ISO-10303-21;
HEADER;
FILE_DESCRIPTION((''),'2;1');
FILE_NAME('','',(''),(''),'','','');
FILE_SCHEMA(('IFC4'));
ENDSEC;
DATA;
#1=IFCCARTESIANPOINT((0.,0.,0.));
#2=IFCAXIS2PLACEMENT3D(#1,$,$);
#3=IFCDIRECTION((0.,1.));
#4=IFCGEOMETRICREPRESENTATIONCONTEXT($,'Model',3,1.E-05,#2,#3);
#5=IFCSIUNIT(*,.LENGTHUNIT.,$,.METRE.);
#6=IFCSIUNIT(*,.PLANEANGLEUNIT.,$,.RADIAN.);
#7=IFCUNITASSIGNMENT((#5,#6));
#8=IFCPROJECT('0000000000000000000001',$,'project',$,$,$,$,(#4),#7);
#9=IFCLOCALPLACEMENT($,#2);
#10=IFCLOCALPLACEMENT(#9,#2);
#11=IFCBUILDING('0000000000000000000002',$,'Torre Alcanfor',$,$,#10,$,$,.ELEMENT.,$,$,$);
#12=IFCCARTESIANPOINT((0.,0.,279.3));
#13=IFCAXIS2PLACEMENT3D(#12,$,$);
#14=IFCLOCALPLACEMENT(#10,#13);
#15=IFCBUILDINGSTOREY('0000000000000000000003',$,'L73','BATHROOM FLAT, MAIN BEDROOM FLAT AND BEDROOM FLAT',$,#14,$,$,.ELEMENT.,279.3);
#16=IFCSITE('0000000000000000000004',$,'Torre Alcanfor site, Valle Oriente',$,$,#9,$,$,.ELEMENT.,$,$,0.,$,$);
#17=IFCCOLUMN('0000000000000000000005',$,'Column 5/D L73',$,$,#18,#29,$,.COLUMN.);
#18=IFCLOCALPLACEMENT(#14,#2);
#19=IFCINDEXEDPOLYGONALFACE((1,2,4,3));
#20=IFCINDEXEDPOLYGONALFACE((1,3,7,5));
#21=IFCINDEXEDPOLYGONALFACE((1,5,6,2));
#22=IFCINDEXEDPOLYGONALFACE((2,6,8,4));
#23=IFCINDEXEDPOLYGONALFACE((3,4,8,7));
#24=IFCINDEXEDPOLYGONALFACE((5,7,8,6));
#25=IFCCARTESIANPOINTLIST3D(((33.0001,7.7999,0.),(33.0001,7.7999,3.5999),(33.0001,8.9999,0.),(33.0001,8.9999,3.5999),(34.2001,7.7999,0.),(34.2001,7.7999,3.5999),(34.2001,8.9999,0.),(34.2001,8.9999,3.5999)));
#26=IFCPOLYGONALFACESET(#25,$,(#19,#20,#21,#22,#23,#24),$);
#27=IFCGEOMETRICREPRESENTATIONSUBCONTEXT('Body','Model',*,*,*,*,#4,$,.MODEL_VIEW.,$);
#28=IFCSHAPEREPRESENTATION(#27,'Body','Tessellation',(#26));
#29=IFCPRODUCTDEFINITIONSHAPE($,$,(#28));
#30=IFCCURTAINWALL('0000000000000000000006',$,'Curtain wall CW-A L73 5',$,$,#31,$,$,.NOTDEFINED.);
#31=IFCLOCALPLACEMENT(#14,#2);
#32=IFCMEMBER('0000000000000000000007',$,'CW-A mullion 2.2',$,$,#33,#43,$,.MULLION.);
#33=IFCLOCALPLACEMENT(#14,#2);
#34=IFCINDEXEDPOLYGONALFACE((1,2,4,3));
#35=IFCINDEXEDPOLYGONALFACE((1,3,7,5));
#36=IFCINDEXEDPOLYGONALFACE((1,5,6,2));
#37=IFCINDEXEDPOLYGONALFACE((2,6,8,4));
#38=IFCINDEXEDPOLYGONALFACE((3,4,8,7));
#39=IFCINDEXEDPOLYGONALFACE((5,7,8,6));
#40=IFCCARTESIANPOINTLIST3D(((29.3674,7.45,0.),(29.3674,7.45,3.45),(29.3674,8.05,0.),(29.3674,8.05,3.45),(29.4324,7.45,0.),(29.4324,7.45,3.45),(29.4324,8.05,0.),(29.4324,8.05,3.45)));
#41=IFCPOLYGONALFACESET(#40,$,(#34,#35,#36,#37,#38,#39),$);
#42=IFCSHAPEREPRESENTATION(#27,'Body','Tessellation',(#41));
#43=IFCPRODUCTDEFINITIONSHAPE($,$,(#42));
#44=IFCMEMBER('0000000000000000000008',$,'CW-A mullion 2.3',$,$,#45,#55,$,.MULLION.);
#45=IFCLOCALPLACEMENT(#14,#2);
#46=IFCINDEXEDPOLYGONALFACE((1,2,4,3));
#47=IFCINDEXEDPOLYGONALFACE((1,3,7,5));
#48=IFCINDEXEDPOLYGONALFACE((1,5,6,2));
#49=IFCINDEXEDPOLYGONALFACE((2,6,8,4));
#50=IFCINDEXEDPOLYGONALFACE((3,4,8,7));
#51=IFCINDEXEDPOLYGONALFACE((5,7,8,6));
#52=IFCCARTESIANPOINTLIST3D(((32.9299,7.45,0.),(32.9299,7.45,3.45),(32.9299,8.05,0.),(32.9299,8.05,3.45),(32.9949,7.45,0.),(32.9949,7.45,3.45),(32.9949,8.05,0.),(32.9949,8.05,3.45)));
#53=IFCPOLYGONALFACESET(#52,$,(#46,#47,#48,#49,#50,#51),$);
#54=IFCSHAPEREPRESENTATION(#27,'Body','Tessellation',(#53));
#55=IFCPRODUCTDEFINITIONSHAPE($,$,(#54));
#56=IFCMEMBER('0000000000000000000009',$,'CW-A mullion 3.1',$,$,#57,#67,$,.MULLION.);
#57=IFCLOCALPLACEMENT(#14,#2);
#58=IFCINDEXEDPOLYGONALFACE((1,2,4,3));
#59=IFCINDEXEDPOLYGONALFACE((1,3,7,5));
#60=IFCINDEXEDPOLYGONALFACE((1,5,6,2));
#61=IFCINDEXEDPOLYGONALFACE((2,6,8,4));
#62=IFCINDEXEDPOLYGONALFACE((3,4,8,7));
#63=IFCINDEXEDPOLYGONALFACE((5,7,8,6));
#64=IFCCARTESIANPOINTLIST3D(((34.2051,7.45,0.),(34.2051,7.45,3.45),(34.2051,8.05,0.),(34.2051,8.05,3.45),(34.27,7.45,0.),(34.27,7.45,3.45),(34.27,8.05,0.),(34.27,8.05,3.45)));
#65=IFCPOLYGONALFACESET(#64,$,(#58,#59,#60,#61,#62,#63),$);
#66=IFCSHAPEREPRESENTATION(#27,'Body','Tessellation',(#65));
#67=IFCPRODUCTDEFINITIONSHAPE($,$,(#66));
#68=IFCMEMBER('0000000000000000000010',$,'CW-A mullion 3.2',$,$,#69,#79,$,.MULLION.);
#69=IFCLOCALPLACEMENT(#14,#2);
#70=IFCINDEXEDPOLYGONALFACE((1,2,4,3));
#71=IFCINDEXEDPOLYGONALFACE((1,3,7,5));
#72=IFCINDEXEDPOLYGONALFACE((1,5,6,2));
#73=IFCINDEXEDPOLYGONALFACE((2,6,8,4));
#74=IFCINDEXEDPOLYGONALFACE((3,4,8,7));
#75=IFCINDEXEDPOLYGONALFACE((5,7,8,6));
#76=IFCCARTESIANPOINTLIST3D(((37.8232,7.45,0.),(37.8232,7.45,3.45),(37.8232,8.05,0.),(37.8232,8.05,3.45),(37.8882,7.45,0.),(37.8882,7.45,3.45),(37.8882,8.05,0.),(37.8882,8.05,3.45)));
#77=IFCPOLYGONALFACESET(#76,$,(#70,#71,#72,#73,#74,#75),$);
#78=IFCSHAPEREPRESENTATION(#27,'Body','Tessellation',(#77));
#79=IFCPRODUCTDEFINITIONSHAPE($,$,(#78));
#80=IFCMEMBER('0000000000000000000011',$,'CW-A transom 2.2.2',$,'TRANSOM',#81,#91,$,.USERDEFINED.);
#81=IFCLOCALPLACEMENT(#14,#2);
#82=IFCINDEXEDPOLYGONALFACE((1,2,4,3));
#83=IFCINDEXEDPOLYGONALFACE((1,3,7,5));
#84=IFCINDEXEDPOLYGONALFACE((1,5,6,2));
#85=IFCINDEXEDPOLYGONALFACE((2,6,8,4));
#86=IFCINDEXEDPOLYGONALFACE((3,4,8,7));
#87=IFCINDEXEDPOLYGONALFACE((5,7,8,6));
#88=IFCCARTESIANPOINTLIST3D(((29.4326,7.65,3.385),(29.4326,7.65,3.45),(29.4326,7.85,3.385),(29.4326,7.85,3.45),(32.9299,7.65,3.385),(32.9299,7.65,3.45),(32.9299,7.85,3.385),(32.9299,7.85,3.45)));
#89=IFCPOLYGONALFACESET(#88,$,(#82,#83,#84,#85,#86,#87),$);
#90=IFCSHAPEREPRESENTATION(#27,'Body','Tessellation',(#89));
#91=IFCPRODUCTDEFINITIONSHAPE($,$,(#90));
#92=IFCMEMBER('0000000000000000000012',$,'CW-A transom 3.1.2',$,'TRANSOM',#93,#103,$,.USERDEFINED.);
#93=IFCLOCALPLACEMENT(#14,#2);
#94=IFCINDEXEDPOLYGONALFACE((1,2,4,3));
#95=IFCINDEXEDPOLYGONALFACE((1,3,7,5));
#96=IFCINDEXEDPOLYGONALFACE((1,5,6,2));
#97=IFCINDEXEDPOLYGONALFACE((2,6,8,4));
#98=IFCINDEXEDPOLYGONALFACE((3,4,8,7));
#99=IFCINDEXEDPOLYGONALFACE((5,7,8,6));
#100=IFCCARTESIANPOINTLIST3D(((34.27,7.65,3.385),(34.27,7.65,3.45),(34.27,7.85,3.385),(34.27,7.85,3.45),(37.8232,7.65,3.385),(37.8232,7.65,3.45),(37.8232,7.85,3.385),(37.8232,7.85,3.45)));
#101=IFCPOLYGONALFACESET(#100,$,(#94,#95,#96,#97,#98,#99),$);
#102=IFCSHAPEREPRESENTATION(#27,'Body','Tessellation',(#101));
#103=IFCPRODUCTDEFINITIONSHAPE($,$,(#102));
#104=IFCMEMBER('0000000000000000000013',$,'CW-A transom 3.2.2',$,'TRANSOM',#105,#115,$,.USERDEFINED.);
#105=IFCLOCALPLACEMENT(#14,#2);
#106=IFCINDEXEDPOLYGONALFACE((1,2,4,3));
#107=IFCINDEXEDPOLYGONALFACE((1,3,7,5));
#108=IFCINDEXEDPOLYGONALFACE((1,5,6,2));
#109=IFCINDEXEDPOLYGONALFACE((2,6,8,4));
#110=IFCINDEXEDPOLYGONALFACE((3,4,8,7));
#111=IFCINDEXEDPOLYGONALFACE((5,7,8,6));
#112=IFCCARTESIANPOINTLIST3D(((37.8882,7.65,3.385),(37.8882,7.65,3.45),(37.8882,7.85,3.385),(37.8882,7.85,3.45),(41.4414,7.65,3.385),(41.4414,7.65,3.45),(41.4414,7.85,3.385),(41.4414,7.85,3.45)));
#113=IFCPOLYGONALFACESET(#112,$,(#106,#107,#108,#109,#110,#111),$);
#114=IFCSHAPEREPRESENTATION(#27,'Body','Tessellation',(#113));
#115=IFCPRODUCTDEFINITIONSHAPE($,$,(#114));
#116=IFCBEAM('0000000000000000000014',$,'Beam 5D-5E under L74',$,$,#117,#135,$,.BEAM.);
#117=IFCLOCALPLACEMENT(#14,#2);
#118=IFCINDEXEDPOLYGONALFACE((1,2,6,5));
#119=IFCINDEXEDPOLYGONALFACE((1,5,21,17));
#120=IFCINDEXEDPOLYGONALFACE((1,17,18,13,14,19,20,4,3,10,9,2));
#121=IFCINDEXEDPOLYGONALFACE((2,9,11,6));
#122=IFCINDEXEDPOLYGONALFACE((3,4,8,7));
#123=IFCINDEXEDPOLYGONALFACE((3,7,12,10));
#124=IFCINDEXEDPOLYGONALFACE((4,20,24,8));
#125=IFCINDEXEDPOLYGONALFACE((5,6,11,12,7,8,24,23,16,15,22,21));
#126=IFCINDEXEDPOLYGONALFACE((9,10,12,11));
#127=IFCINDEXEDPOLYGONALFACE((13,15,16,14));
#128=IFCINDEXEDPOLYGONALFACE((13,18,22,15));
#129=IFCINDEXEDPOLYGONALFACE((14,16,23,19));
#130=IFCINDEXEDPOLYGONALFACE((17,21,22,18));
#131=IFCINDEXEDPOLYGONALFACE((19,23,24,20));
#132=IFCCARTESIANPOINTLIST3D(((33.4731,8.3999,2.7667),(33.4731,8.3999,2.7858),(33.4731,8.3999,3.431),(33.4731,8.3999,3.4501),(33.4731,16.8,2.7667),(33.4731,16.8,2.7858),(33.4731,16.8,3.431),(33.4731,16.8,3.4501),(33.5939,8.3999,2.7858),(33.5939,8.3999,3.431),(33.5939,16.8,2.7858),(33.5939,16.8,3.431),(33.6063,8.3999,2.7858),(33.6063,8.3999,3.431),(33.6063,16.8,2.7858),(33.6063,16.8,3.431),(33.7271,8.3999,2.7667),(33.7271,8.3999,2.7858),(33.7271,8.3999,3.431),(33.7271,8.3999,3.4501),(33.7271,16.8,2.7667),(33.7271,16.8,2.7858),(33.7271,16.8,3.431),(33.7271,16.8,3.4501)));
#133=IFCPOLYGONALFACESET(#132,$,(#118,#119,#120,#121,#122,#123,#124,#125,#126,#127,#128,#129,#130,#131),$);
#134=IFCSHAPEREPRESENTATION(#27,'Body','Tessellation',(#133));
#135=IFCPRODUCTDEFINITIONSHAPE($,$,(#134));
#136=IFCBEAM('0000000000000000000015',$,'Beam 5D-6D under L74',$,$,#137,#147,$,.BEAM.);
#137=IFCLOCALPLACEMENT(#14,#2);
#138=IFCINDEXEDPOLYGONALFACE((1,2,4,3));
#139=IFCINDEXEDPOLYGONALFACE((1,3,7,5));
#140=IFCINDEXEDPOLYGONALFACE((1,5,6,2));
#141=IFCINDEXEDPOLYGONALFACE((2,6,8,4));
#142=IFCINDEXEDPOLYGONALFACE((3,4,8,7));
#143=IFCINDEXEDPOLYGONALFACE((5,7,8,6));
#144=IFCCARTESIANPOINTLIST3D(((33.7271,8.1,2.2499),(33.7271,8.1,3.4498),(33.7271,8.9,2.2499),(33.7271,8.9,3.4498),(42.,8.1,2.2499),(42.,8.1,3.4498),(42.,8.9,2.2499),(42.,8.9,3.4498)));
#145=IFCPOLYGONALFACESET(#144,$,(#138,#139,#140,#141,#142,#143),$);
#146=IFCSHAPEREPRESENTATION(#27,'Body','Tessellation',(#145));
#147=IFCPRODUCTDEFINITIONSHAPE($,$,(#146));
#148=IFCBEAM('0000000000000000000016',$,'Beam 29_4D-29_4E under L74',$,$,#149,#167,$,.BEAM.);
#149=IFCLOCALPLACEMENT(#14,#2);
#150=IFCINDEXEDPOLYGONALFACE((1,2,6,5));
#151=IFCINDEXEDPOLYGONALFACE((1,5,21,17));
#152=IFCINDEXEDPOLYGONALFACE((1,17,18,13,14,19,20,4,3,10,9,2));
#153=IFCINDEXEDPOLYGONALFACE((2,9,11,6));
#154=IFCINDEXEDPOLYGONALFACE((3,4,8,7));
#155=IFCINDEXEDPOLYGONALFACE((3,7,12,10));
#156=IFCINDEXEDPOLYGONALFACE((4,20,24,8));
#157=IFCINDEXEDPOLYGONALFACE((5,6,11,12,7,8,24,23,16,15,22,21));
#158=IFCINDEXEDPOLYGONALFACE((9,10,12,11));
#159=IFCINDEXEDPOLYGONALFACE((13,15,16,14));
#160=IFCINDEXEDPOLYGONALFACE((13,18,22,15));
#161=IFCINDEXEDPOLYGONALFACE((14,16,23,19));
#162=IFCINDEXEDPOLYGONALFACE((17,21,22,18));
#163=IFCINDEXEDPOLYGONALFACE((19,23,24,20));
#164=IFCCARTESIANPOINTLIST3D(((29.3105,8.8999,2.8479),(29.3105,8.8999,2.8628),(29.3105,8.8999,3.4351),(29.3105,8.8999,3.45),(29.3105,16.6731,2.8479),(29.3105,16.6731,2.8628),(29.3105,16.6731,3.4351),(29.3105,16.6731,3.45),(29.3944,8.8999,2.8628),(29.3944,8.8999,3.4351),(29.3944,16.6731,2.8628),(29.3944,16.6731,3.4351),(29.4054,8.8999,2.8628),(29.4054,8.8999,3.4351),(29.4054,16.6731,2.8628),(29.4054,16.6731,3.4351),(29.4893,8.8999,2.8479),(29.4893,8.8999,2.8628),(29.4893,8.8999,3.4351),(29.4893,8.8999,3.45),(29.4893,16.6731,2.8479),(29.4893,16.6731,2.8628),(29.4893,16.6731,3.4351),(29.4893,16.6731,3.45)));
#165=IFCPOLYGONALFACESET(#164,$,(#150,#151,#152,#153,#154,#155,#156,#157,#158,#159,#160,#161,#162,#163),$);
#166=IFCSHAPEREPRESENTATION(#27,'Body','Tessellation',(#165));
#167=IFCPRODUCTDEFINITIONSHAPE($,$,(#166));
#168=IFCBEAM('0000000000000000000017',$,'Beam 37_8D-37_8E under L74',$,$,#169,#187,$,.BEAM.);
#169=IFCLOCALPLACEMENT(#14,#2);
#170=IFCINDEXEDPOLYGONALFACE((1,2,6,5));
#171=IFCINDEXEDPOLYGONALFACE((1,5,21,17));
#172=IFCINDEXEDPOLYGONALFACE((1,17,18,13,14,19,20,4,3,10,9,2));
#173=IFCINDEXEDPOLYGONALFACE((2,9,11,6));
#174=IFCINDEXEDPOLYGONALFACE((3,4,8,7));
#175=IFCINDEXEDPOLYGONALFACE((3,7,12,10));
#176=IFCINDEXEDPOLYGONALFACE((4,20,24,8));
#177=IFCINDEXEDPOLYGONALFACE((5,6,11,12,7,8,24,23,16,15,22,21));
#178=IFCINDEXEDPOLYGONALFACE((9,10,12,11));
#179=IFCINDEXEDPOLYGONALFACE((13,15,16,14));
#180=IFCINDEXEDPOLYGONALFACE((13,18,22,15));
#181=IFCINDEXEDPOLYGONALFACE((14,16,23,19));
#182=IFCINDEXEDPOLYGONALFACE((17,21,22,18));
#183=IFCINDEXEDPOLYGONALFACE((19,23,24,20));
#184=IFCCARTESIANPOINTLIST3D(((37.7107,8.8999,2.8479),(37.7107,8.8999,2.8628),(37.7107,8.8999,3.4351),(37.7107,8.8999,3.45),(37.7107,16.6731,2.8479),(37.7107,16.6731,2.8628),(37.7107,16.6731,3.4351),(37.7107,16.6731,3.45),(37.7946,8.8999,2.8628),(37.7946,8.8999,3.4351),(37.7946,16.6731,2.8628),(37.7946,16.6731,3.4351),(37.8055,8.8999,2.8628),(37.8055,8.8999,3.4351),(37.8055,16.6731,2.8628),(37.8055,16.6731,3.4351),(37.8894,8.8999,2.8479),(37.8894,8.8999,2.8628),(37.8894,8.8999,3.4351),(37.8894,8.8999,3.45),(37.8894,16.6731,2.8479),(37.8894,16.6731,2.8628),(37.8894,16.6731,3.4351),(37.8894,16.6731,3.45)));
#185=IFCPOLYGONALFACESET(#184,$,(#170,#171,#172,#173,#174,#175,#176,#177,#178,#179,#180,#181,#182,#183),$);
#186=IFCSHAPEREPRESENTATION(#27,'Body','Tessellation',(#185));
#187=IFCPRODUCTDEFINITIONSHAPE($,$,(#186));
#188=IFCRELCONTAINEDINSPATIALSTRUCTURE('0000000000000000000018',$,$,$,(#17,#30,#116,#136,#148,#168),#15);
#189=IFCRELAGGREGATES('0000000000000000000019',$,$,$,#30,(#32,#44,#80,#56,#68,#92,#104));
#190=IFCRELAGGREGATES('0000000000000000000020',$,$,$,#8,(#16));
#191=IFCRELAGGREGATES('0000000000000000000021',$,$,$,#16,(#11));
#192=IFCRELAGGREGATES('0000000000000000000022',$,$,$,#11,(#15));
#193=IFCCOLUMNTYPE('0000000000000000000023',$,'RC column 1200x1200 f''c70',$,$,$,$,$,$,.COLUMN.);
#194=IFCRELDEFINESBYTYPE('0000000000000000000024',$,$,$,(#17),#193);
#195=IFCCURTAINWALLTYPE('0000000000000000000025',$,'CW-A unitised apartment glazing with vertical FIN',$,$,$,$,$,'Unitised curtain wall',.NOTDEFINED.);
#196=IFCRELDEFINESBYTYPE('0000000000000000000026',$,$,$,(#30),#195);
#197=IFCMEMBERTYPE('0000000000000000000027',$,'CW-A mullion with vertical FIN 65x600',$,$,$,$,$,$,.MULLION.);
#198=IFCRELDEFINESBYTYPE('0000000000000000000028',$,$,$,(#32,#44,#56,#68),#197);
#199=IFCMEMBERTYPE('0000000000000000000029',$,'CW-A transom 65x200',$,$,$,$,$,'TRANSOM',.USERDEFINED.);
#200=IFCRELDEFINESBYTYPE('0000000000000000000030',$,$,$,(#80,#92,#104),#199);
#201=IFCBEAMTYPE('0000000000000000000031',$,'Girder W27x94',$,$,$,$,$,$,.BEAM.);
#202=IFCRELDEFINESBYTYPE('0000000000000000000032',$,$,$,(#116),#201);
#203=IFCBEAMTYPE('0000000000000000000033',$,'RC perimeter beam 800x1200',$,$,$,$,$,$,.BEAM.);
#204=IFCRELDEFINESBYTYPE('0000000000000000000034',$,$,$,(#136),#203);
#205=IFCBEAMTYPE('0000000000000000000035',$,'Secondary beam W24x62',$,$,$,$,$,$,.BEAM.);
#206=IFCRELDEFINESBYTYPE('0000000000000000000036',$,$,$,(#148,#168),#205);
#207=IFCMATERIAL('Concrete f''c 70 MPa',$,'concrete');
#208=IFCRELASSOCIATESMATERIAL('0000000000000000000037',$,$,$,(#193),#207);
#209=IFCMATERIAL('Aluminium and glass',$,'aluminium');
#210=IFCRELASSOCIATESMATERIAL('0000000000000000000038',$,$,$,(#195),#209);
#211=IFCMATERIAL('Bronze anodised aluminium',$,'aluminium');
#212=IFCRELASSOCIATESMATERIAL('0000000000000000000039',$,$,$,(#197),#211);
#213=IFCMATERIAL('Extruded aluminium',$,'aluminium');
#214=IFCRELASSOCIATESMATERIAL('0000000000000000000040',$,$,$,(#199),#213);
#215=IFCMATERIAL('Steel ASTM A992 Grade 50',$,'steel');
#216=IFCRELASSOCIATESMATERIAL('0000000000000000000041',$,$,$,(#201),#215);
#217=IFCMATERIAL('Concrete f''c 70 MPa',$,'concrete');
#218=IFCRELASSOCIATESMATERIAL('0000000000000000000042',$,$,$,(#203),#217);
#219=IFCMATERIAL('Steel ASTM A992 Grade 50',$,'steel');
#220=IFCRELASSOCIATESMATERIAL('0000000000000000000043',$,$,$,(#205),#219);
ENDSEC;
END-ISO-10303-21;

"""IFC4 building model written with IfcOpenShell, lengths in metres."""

from ifc_helpers import new_model, si_unit, direction, frame, origin, origin_2d, place, context, subcontext, project, spatial, rectangle, i_section, extrude, material, material_profile, profile_set, type_object, element, aggregate, save


model = new_model("IFC4")

# Units and contexts
model_context = context("Model", 3, precision=1e-05, world=origin(), true_north=direction((0.0, 1.0)))
body_context = subcontext(model_context, "Body", "Model", "MODEL_VIEW")
ifc_project = project(units=[si_unit("LENGTHUNIT", "METRE"), si_unit("PLANEANGLEUNIT", "RADIAN")], contexts=[model_context])

# Site, building, storey
site_placement = place(None, origin())
site = spatial("IfcSite", under=ifc_project, at=site_placement, Name="Torre Alcanfor site, Valle Oriente", CompositionType="ELEMENT", RefElevation=0.0)
building_placement = place(site_placement, origin())
building = spatial("IfcBuilding", under=site, at=building_placement, Name="Torre Alcanfor", CompositionType="ELEMENT")
storey_placement = place(building_placement, frame((0.0, 0.0, 279.3)))
storey = spatial("IfcBuildingStorey", under=building, at=storey_placement, Name="L73", Description="BATHROOM FLAT, MAIN BEDROOM FLAT AND BEDROOM FLAT", CompositionType="ELEMENT", Elevation=279.3)

# Column
ifc_material_1 = material(Name="Concrete f'c 70 MPa", Category="concrete")
ifc_material_profile_1 = material_profile(ifc_material_1, rectangle(XDim=1.2, YDim=1.2, at=origin_2d()), Name="1200x1200")
ifc_profile_set_1 = profile_set([ifc_material_profile_1], Name="Concrete f'c 70 MPa")
column_type = type_object("IfcColumnType", Name="RC column 1200x1200 f'c70", PredefinedType="COLUMN", material=ifc_profile_set_1)
column_placement = place(storey_placement, frame((33.6001, 8.3999, 0.0), z_axis=(0.0, 0.0, 1.0), x_axis=(1.0, 0.0, 0.0)))
element("IfcColumn", 1, at=column_placement, inside=storey, type_object=column_type, Name="Column 5/D L73", PredefinedType="COLUMN", context=body_context, shape_type="SweptSolid", body=[
    extrude(rectangle(XDim=1.2, YDim=1.2, at=origin_2d()), origin(), (0.0, 0.0, 1.0), 3.5999),
])

# Curtain wall, members
ifc_material_2 = material(Name="Aluminium and glass", Category="aluminium")
curtain_wall_type = type_object("IfcCurtainWallType", Name="CW-A unitised apartment glazing with vertical FIN", ElementType="Unitised curtain wall", PredefinedType="NOTDEFINED", material=ifc_material_2)
curtain_wall_placement = place(storey_placement, origin())
curtain_wall = element("IfcCurtainWall", 2, at=curtain_wall_placement, inside=storey, type_object=curtain_wall_type, Name="Curtain wall CW-A L73 5", PredefinedType="NOTDEFINED")
ifc_material_3 = material(Name="Bronze anodised aluminium", Category="aluminium")
ifc_material_profile_2 = material_profile(ifc_material_3, rectangle(XDim=0.6001, YDim=0.0649, at=origin_2d()), Name="CW-A mullion 65x600")
ifc_profile_set_2 = profile_set([ifc_material_profile_2], Name="Bronze anodised aluminium")
member_type_1 = type_object("IfcMemberType", Name="CW-A mullion with vertical FIN 65x600", PredefinedType="MULLION", material=ifc_profile_set_2)
member_1_placement = place(storey_placement, frame((29.3999, 7.75, 0.0), z_axis=(0.0, 0.0, 1.0), x_axis=(0.0, 1.0, 0.0)))
member_1 = element("IfcMember", 3, at=member_1_placement, type_object=member_type_1, Name="CW-A mullion 2.2", PredefinedType="MULLION", context=body_context, shape_type="SweptSolid", body=[
    extrude(rectangle(XDim=0.6001, YDim=0.0649, at=origin_2d()), origin(), (0.0, 0.0, 1.0), 3.45),
])
member_2_placement = place(storey_placement, frame((32.9624, 7.75, 0.0), z_axis=(0.0, 0.0, 1.0), x_axis=(0.0, 1.0, 0.0)))
member_2 = element("IfcMember", 4, at=member_2_placement, type_object=member_type_1, Name="CW-A mullion 2.3", PredefinedType="MULLION", context=body_context, shape_type="SweptSolid", body=[
    extrude(rectangle(XDim=0.6001, YDim=0.0649, at=origin_2d()), origin(), (0.0, 0.0, 1.0), 3.45),
])
member_3_placement = place(storey_placement, frame((34.2375, 7.75, 0.0), z_axis=(0.0, 0.0, 1.0), x_axis=(0.0, 1.0, 0.0)))
member_3 = element("IfcMember", 5, at=member_3_placement, type_object=member_type_1, Name="CW-A mullion 3.1", PredefinedType="MULLION", context=body_context, shape_type="SweptSolid", body=[
    extrude(rectangle(XDim=0.6001, YDim=0.0649, at=origin_2d()), origin(), (0.0, 0.0, 1.0), 3.45),
])
member_4_placement = place(storey_placement, frame((37.8557, 7.75, 0.0), z_axis=(0.0, 0.0, 1.0), x_axis=(0.0, 1.0, 0.0)))
member_4 = element("IfcMember", 6, at=member_4_placement, type_object=member_type_1, Name="CW-A mullion 3.2", PredefinedType="MULLION", context=body_context, shape_type="SweptSolid", body=[
    extrude(rectangle(XDim=0.6001, YDim=0.0649, at=origin_2d()), origin(), (0.0, 0.0, 1.0), 3.45),
])
ifc_material_4 = material(Name="Extruded aluminium", Category="aluminium")
ifc_material_profile_3 = material_profile(ifc_material_4, rectangle(XDim=0.2, YDim=0.0649, at=origin_2d()), Name="CW-A transom 200x65")
ifc_profile_set_3 = profile_set([ifc_material_profile_3], Name="Extruded aluminium")
member_type_2 = type_object("IfcMemberType", Name="CW-A transom 65x200", ElementType="TRANSOM", PredefinedType="USERDEFINED", material=ifc_profile_set_3)
member_5_placement = place(storey_placement, frame((29.4326, 7.75, 3.4175), z_axis=(1.0, 0.0, 0.0), x_axis=(0.0, 1.0, 0.0)))
member_5 = element("IfcMember", 7, at=member_5_placement, type_object=member_type_2, Name="CW-A transom 2.2.2", ObjectType="TRANSOM", PredefinedType="USERDEFINED", context=body_context, shape_type="SweptSolid", body=[
    extrude(rectangle(XDim=0.2, YDim=0.0649, at=origin_2d()), origin(), (0.0, 0.0, 1.0), 3.4973),
])
member_6_placement = place(storey_placement, frame((34.27, 7.75, 3.4175), z_axis=(1.0, 0.0, 0.0), x_axis=(0.0, 1.0, 0.0)))
member_6 = element("IfcMember", 8, at=member_6_placement, type_object=member_type_2, Name="CW-A transom 3.1.2", ObjectType="TRANSOM", PredefinedType="USERDEFINED", context=body_context, shape_type="SweptSolid", body=[
    extrude(rectangle(XDim=0.2, YDim=0.0649, at=origin_2d()), origin(), (0.0, 0.0, 1.0), 3.5532),
])
member_7_placement = place(storey_placement, frame((37.8882, 7.75, 3.4175), z_axis=(1.0, 0.0, 0.0), x_axis=(0.0, 1.0, 0.0)))
member_7 = element("IfcMember", 9, at=member_7_placement, type_object=member_type_2, Name="CW-A transom 3.2.2", ObjectType="TRANSOM", PredefinedType="USERDEFINED", context=body_context, shape_type="SweptSolid", body=[
    extrude(rectangle(XDim=0.2, YDim=0.0649, at=origin_2d()), origin(), (0.0, 0.0, 1.0), 3.5532),
])

# Beams
ifc_material_5 = material(Name="Steel ASTM A992 Grade 50", Category="steel")
ifc_material_profile_4 = material_profile(ifc_material_5, i_section(OverallWidth=0.2539, OverallDepth=0.6833, WebThickness=0.0125, FlangeThickness=0.019, at=origin_2d()), Name="W27x94")
ifc_profile_set_4 = profile_set([ifc_material_profile_4], Name="Steel ASTM A992 Grade 50")
beam_type_1 = type_object("IfcBeamType", Name="Girder W27x94", PredefinedType="BEAM", material=ifc_profile_set_4)
beam_1_placement = place(storey_placement, frame((33.6001, 8.3999, 3.1084), z_axis=(0.0, 1.0, 0.0), x_axis=(-1.0, 0.0, 0.0)))
element("IfcBeam", 10, at=beam_1_placement, inside=storey, type_object=beam_type_1, Name="Beam 5D-5E under L74", PredefinedType="BEAM", context=body_context, shape_type="SweptSolid", body=[
    extrude(i_section(OverallWidth=0.2539, OverallDepth=0.6833, WebThickness=0.0125, FlangeThickness=0.019, at=origin_2d()), origin(), (0.0, 0.0, 1.0), 8.4001),
])
ifc_material_6 = material(Name="Concrete f'c 70 MPa", Category="concrete")
ifc_material_profile_5 = material_profile(ifc_material_6, rectangle(XDim=0.8, YDim=1.2, at=origin_2d()), Name="800x1200")
ifc_profile_set_5 = profile_set([ifc_material_profile_5], Name="Concrete f'c 70 MPa")
beam_type_2 = type_object("IfcBeamType", Name="RC perimeter beam 800x1200", PredefinedType="BEAM", material=ifc_profile_set_5)
beam_2_placement = place(storey_placement, frame((33.7271, 8.5, 2.8499), z_axis=(1.0, 0.0, 0.0), x_axis=(0.0, 1.0, 0.0)))
element("IfcBeam", 11, at=beam_2_placement, inside=storey, type_object=beam_type_2, Name="Beam 5D-6D under L74", PredefinedType="BEAM", context=body_context, shape_type="SweptSolid", body=[
    extrude(rectangle(XDim=0.8, YDim=1.2, at=origin_2d()), origin(), (0.0, 0.0, 1.0), 8.2729),
])
ifc_material_7 = material(Name="Steel ASTM A992 Grade 50", Category="steel")
ifc_material_profile_6 = material_profile(ifc_material_7, i_section(OverallWidth=0.1787, OverallDepth=0.6021, WebThickness=0.011, FlangeThickness=0.0149, at=origin_2d()), Name="W24x62")
ifc_profile_set_6 = profile_set([ifc_material_profile_6], Name="Steel ASTM A992 Grade 50")
beam_type_3 = type_object("IfcBeamType", Name="Secondary beam W24x62", PredefinedType="BEAM", material=ifc_profile_set_6)
for number, where, z_axis, x_axis, name in (
    (12, (29.3999, 8.8999, 3.1489), (0.0, 1.0, 0.0), (-1.0, 0.0, 0.0), "Beam 29_4D-29_4E under L74"),
    (13, (37.8, 8.8999, 3.1489), (0.0, 1.0, 0.0), (-1.0, 0.0, 0.0), "Beam 37_8D-37_8E under L74"),
):
    element("IfcBeam", number, at=place(storey_placement, frame(where, z_axis=z_axis, x_axis=x_axis)), inside=storey, type_object=beam_type_3, Name=name, PredefinedType="BEAM", context=body_context, shape_type="SweptSolid", body=[
        extrude(i_section(OverallWidth=0.1787, OverallDepth=0.6021, WebThickness=0.011, FlangeThickness=0.0149, at=origin_2d()), origin(), (0.0, 0.0, 1.0), 7.7732),
    ])

aggregate(curtain_wall, [member_1, member_2, member_5, member_3, member_4, member_6, member_7])

save(model, "model.ifc")
